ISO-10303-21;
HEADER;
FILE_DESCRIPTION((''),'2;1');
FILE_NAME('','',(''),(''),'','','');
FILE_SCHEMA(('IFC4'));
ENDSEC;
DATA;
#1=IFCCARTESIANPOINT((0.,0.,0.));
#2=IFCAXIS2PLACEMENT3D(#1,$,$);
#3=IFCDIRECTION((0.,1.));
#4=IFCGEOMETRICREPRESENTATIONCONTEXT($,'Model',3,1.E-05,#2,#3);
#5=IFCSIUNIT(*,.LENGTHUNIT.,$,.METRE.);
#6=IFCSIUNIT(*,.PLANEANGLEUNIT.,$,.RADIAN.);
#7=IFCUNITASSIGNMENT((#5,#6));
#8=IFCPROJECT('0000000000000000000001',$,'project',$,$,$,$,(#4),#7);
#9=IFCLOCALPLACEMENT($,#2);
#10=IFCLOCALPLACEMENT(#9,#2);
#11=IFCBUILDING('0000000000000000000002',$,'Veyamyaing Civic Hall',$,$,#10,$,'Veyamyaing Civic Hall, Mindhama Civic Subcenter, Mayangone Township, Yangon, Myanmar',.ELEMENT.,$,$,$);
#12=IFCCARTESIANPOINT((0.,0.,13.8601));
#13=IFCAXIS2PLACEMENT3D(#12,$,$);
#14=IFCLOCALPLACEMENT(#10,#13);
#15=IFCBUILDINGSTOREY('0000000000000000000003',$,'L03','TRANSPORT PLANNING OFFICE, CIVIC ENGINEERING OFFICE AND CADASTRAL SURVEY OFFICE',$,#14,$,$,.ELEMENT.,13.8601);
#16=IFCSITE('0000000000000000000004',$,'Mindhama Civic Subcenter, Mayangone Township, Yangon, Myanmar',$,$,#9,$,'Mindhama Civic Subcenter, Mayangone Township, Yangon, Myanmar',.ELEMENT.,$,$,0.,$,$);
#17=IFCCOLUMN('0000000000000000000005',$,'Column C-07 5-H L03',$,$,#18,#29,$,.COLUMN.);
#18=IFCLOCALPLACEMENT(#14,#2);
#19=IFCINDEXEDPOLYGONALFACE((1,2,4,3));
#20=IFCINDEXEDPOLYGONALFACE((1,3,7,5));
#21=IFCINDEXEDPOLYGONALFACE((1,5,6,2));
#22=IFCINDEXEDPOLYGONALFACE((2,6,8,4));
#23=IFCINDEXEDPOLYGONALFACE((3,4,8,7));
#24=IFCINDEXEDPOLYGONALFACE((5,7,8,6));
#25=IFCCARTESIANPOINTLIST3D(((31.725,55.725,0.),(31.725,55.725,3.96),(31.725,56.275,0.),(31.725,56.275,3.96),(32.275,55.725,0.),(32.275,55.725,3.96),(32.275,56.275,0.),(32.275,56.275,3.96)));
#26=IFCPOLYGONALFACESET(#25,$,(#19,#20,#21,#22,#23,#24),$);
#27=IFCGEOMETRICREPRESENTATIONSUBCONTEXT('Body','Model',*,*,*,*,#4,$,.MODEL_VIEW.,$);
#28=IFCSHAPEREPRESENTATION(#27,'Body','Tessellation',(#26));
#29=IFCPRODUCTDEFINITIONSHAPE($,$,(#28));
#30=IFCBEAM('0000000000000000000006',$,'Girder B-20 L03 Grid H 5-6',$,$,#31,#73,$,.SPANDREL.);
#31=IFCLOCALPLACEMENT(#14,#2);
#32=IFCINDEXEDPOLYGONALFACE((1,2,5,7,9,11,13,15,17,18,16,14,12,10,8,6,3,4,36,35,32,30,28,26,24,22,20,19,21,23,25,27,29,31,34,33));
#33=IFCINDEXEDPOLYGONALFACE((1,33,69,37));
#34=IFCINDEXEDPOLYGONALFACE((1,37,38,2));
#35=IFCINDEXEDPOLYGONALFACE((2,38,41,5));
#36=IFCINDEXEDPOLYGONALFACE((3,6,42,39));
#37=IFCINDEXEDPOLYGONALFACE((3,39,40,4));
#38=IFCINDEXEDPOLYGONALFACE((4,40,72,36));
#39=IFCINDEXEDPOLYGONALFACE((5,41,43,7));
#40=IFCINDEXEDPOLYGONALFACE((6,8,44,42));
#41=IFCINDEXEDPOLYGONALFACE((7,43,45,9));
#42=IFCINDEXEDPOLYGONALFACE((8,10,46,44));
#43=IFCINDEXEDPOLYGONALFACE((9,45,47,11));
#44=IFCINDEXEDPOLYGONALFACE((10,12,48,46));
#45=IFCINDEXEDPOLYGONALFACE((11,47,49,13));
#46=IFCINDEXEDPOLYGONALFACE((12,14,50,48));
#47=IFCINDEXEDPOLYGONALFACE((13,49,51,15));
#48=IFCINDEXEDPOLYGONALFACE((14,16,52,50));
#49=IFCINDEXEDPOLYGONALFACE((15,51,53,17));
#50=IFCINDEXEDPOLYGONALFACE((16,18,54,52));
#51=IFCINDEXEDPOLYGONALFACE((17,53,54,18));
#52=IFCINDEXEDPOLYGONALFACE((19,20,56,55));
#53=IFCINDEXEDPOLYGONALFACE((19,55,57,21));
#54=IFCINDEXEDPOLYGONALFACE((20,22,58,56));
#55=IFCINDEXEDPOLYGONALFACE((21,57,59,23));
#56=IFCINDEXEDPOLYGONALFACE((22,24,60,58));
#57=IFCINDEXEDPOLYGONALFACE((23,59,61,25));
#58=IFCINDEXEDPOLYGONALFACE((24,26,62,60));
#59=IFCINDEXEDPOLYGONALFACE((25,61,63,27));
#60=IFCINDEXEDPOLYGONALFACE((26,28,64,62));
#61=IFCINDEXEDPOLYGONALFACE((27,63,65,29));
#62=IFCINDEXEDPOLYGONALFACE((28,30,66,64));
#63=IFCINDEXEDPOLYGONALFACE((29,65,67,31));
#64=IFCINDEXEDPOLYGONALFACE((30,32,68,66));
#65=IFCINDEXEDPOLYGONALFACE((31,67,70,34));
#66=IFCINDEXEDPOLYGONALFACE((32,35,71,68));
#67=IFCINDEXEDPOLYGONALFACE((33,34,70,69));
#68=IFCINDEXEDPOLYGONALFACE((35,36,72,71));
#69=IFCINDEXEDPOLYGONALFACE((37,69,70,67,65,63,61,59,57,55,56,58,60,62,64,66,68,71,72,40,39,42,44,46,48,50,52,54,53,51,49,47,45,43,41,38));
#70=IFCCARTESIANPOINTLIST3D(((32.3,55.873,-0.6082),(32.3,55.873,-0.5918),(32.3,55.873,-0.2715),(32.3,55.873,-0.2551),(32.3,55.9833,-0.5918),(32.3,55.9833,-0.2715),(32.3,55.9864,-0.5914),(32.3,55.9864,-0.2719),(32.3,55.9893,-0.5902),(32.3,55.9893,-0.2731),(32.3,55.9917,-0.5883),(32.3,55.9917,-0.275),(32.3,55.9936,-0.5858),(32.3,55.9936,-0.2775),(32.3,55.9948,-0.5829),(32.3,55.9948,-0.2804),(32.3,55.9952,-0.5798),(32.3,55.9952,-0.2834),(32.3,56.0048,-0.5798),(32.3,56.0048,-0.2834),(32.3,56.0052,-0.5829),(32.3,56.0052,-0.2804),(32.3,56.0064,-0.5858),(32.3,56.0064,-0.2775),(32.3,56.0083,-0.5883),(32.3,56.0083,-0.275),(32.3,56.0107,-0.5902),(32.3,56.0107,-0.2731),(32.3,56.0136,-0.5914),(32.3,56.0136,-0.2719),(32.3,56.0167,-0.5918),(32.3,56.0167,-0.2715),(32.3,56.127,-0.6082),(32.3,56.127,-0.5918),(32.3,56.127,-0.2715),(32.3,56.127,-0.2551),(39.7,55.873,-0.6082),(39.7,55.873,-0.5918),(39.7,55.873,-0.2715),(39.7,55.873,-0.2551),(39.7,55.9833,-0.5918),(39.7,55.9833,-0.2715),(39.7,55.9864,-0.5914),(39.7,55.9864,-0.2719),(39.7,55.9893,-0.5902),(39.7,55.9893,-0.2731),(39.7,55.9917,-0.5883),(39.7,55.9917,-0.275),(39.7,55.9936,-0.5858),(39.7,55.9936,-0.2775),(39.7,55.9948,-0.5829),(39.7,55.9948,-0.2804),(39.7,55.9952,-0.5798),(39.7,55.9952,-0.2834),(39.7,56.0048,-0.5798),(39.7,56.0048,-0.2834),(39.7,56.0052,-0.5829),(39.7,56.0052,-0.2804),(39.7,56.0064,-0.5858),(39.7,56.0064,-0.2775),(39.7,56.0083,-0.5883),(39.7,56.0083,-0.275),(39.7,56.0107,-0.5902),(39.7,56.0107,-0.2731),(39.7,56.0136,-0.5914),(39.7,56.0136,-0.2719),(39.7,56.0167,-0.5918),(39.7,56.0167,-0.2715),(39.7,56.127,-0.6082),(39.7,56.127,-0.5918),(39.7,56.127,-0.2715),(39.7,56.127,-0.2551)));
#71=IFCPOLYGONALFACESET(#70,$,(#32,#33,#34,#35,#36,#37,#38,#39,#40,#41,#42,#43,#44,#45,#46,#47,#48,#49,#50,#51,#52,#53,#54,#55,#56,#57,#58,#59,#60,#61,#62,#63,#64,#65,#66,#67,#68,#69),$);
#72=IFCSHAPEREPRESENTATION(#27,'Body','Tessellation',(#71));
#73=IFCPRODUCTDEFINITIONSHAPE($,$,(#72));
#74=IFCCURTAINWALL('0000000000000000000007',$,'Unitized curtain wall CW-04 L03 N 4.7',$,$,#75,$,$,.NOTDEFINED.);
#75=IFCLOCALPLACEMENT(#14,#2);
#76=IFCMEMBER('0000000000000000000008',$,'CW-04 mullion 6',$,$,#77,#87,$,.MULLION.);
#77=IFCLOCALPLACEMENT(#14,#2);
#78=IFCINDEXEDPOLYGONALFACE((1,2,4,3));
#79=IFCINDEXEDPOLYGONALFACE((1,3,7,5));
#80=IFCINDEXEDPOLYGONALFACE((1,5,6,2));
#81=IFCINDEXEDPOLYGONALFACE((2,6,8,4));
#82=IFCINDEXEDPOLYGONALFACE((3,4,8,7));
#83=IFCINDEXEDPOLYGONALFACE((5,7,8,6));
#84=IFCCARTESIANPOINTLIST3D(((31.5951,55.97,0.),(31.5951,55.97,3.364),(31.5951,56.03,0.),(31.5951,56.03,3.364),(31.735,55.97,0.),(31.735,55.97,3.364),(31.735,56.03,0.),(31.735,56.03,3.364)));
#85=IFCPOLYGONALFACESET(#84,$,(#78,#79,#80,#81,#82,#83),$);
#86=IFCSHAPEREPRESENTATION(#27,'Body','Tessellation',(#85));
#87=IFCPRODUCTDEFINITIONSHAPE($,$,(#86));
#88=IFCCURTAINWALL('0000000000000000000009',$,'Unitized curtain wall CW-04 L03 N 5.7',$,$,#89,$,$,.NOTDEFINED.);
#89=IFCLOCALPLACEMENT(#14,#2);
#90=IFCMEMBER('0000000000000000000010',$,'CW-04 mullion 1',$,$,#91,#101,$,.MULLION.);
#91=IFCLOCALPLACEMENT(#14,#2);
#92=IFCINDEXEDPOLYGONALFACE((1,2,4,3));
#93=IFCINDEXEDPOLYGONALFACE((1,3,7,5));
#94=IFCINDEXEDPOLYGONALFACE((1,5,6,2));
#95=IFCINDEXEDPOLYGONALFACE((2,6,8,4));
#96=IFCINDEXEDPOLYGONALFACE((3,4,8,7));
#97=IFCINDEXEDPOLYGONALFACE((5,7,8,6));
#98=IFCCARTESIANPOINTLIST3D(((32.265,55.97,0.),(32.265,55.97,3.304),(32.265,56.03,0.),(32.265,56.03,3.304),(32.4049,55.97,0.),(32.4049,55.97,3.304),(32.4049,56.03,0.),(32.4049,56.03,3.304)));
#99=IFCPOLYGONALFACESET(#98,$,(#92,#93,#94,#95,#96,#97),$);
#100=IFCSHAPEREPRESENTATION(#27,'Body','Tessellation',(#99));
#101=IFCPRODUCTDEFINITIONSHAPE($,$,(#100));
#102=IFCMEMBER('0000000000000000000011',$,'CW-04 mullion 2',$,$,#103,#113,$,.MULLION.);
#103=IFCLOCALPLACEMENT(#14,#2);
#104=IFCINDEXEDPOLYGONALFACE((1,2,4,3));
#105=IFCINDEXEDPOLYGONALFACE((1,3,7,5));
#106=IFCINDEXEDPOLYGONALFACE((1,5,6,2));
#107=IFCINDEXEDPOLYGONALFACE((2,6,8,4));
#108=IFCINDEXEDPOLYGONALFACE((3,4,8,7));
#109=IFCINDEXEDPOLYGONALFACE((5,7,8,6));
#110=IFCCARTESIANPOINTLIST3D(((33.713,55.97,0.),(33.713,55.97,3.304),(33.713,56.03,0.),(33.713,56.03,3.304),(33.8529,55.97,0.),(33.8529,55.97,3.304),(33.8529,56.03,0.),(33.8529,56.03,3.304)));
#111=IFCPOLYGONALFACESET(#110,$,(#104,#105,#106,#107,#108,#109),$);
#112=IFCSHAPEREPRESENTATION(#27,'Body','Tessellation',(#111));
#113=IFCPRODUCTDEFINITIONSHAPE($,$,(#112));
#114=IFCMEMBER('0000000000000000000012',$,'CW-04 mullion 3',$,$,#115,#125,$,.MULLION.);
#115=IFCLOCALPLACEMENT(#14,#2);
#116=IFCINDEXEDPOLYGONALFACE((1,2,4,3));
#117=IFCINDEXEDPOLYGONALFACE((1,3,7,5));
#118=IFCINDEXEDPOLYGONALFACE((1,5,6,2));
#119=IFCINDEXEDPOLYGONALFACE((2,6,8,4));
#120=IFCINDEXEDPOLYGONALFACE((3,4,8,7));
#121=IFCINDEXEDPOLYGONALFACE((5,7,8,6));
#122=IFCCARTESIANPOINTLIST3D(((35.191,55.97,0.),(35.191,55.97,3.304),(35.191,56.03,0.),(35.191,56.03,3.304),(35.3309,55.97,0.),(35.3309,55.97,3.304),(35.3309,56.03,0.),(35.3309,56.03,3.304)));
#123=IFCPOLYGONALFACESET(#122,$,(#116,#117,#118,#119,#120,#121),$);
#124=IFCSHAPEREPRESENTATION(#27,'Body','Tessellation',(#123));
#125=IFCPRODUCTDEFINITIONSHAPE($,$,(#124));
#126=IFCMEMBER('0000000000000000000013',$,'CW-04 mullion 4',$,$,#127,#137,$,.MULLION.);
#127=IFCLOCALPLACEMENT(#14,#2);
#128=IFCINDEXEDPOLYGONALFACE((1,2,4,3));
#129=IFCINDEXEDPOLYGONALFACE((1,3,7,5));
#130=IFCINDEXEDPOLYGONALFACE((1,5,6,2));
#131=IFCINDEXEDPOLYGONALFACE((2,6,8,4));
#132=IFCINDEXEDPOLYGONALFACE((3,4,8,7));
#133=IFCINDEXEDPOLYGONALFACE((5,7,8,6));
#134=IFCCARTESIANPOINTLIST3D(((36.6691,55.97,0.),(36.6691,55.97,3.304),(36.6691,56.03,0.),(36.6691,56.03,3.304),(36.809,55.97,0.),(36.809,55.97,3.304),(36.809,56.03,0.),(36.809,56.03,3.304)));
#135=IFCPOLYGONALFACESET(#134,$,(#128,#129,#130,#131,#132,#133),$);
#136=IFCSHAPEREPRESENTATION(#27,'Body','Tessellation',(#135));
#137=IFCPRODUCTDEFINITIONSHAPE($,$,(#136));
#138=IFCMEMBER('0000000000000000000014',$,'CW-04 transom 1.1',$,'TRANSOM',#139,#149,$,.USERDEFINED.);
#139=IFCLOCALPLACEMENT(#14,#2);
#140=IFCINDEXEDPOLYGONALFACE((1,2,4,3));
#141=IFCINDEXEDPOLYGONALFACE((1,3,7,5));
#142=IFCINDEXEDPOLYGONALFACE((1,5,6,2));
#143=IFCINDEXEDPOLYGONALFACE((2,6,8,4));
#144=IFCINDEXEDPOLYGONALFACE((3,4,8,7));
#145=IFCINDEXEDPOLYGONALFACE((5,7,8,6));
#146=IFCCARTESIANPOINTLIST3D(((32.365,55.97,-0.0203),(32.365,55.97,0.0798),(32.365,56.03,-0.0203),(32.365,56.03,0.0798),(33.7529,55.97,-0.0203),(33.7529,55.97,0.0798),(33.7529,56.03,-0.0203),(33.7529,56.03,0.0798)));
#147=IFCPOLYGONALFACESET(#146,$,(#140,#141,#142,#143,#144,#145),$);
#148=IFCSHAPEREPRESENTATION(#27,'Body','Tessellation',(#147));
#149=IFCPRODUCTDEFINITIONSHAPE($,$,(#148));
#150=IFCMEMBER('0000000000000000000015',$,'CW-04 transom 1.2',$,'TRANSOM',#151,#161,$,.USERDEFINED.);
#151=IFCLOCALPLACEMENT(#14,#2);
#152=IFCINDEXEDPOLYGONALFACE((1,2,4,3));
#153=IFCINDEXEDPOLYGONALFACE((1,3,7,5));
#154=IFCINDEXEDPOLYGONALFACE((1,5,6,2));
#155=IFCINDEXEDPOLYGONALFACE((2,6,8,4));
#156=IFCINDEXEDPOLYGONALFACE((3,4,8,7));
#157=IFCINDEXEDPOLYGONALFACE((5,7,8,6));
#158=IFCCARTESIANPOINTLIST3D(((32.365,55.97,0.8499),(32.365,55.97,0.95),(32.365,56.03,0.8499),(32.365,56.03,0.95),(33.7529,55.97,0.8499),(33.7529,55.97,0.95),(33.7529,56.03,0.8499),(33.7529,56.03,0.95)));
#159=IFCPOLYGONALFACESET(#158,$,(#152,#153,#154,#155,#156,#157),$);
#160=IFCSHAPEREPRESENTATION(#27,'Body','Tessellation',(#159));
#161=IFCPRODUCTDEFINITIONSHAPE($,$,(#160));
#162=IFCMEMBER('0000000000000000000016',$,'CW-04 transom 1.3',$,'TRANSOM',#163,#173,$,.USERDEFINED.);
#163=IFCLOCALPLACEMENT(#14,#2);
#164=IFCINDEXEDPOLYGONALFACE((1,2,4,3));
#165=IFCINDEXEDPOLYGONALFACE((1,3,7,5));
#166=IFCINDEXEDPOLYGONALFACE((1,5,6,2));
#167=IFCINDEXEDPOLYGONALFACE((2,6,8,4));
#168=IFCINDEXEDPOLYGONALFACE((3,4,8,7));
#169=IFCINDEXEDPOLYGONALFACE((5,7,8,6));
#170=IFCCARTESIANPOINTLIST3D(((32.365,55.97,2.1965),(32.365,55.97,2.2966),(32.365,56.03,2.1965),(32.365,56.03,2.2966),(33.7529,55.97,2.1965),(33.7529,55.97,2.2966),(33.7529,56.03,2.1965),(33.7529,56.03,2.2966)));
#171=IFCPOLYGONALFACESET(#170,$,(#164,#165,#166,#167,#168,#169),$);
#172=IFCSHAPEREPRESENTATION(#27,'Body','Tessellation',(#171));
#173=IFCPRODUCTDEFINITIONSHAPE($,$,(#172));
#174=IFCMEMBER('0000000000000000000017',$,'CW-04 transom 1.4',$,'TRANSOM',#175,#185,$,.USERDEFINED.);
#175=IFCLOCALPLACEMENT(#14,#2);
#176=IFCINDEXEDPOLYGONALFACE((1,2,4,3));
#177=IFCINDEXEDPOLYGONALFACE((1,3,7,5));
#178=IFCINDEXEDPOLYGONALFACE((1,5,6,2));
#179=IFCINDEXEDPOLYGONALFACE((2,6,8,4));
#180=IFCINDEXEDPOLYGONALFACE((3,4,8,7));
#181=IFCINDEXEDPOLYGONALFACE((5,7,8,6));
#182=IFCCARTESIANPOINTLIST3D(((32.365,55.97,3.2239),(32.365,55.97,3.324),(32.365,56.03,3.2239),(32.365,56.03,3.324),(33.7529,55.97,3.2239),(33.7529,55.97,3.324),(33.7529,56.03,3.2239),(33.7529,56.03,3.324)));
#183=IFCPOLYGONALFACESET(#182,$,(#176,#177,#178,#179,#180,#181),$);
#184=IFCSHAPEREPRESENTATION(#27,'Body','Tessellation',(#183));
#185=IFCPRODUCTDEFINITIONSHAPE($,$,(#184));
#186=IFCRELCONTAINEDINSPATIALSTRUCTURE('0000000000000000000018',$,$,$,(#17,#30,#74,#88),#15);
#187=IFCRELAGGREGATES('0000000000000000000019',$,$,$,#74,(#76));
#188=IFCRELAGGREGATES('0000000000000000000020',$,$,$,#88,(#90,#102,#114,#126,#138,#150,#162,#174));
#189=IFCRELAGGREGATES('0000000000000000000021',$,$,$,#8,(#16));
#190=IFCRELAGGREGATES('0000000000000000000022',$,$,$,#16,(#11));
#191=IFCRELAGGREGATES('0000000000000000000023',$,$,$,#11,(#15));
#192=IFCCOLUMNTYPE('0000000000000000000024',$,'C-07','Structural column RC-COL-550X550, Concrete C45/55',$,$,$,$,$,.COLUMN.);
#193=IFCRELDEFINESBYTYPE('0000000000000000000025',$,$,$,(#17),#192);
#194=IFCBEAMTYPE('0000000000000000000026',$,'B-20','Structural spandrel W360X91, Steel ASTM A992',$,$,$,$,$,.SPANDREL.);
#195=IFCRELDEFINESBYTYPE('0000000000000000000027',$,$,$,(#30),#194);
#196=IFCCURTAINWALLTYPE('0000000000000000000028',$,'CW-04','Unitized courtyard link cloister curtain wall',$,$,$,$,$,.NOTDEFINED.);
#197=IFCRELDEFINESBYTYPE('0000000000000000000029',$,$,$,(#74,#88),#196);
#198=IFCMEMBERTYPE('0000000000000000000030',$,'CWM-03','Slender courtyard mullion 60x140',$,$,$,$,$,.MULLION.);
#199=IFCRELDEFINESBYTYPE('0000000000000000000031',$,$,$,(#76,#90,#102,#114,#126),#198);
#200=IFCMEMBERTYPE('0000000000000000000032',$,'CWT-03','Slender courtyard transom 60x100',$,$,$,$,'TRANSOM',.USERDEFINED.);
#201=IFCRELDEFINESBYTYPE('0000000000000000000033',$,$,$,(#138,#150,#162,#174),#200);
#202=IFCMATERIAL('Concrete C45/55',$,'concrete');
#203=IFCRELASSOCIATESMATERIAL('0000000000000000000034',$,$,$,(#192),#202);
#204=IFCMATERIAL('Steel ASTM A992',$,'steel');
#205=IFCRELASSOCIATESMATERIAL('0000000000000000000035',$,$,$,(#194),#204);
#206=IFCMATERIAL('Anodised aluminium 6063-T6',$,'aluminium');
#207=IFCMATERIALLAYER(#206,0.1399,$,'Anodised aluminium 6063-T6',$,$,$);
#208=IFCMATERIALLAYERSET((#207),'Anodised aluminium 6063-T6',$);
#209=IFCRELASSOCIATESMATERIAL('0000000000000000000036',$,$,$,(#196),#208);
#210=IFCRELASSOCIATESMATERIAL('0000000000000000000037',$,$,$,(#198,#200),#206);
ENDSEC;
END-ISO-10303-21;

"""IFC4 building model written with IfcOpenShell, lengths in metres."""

from ifc_helpers import new_model, si_unit, direction, frame, origin, origin_2d, place, context, subcontext, project, spatial, rectangle, i_section, extrude, material, layer, layer_set, material_profile, profile_set, type_object, element, aggregate, save


model = new_model("IFC4")

# Units and contexts
model_context = context("Model", 3, precision=1e-05, world=origin(), true_north=direction((0.0, 1.0)))
body_context = subcontext(model_context, "Body", "Model", "MODEL_VIEW")
ifc_project = project(units=[si_unit("LENGTHUNIT", "METRE"), si_unit("PLANEANGLEUNIT", "RADIAN")], contexts=[model_context])

# Site, building, storey
site_placement = place(None, origin())
site = spatial("IfcSite", under=ifc_project, at=site_placement, Name="Mindhama Civic Subcenter, Mayangone Township, Yangon, Myanmar", LongName="Mindhama Civic Subcenter, Mayangone Township, Yangon, Myanmar", CompositionType="ELEMENT", RefElevation=0.0)
building_placement = place(site_placement, origin())
building = spatial("IfcBuilding", under=site, at=building_placement, Name="Veyamyaing Civic Hall", LongName="Veyamyaing Civic Hall, Mindhama Civic Subcenter, Mayangone Township, Yangon, Myanmar", CompositionType="ELEMENT")
storey_placement = place(building_placement, frame((0.0, 0.0, 13.8601)))
storey = spatial("IfcBuildingStorey", under=building, at=storey_placement, Name="L03", Description="TRANSPORT PLANNING OFFICE, CIVIC ENGINEERING OFFICE AND CADASTRAL SURVEY OFFICE", CompositionType="ELEMENT", Elevation=13.8601)

# Column
ifc_material_1 = material(Name="Concrete C45/55", Category="concrete")
ifc_material_profile_1 = material_profile(ifc_material_1, rectangle(XDim=0.55, YDim=0.55, at=origin_2d()), Name="RC-COL-550X550")
ifc_profile_set_1 = profile_set([ifc_material_profile_1], Name="Concrete C45/55")
column_type = type_object("IfcColumnType", Name="C-07", Description="Structural column RC-COL-550X550, Concrete C45/55", PredefinedType="COLUMN", material=ifc_profile_set_1)
column_placement = place(storey_placement, frame((32.0, 56.0, 0.0), z_axis=(0.0, 0.0, 1.0), x_axis=(1.0, 0.0, 0.0)))
element("IfcColumn", 1, at=column_placement, inside=storey, type_object=column_type, Name="Column C-07 5-H L03", PredefinedType="COLUMN", context=body_context, shape_type="SweptSolid", body=[
    extrude(rectangle(XDim=0.55, YDim=0.55, at=origin_2d()), origin(), (0.0, 0.0, 1.0), 3.96),
])

# Beam
ifc_material_2 = material(Name="Steel ASTM A992", Category="steel")
ifc_material_profile_2 = material_profile(ifc_material_2, i_section(OverallWidth=0.2539, OverallDepth=0.353, WebThickness=0.0095, FlangeThickness=0.0164, FilletRadius=0.012, at=origin_2d()), Name="W360X91")
ifc_profile_set_2 = profile_set([ifc_material_profile_2], Name="Steel ASTM A992")
beam_type = type_object("IfcBeamType", Name="B-20", Description="Structural spandrel W360X91, Steel ASTM A992", PredefinedType="SPANDREL", material=ifc_profile_set_2)
beam_placement = place(storey_placement, frame((32.3, 56.0, -0.4316), z_axis=(1.0, 0.0, 0.0), x_axis=(0.0, 1.0, 0.0)))
element("IfcBeam", 2, at=beam_placement, inside=storey, type_object=beam_type, Name="Girder B-20 L03 Grid H 5-6", PredefinedType="SPANDREL", context=body_context, shape_type="SweptSolid", body=[
    extrude(i_section(OverallWidth=0.2539, OverallDepth=0.353, WebThickness=0.0095, FlangeThickness=0.0164, FilletRadius=0.012, at=origin_2d()), origin(), (0.0, 0.0, 1.0), 7.3999),
])

# Curtain wall, member
ifc_material_3 = material(Name="Anodised aluminium 6063-T6", Category="aluminium")
ifc_layer_1 = layer(ifc_material_3, 0.1399, Name="Anodised aluminium 6063-T6")
ifc_layer_set_1 = layer_set([ifc_layer_1], Name="Anodised aluminium 6063-T6")
curtain_wall_type = type_object("IfcCurtainWallType", Name="CW-04", Description="Unitized courtyard link cloister curtain wall", PredefinedType="NOTDEFINED", material=ifc_layer_set_1)
curtain_wall_1_placement = place(storey_placement, origin())
curtain_wall_1 = element("IfcCurtainWall", 3, at=curtain_wall_1_placement, inside=storey, type_object=curtain_wall_type, Name="Unitized curtain wall CW-04 L03 N 4.7", PredefinedType="NOTDEFINED")
ifc_material_profile_3 = material_profile(ifc_material_3, rectangle(XDim=0.0601, YDim=0.1399, at=origin_2d()), Name="ALU-MUL-60X140")
ifc_profile_set_3 = profile_set([ifc_material_profile_3], Name="Anodised aluminium 6063-T6")
member_type_1 = type_object("IfcMemberType", Name="CWM-03", Description="Slender courtyard mullion 60x140", PredefinedType="MULLION", material=ifc_profile_set_3)
member_1_placement = place(storey_placement, frame((31.665, 56.0, 0.0), z_axis=(0.0, 0.0, 1.0), x_axis=(0.0, 1.0, 0.0)))
member_1 = element("IfcMember", 4, at=member_1_placement, type_object=member_type_1, Name="CW-04 mullion 6", PredefinedType="MULLION", context=body_context, shape_type="SweptSolid", body=[
    extrude(rectangle(XDim=0.0601, YDim=0.1399, at=origin_2d()), origin(), (0.0, 0.0, 1.0), 3.364),
])

# Curtain wall, members
curtain_wall_2_placement = place(storey_placement, origin())
curtain_wall_2 = element("IfcCurtainWall", 5, at=curtain_wall_2_placement, inside=storey, type_object=curtain_wall_type, Name="Unitized curtain wall CW-04 L03 N 5.7", PredefinedType="NOTDEFINED")
member_2_placement = place(storey_placement, frame((32.335, 56.0, 0.0), z_axis=(0.0, 0.0, 1.0), x_axis=(0.0, 1.0, 0.0)))
member_2 = element("IfcMember", 6, at=member_2_placement, type_object=member_type_1, Name="CW-04 mullion 1", PredefinedType="MULLION", context=body_context, shape_type="SweptSolid", body=[
    extrude(rectangle(XDim=0.0601, YDim=0.1399, at=origin_2d()), origin(), (0.0, 0.0, 1.0), 3.304),
])
member_3_placement = place(storey_placement, frame((33.783, 56.0, 0.0), z_axis=(0.0, 0.0, 1.0), x_axis=(0.0, 1.0, 0.0)))
member_3 = element("IfcMember", 7, at=member_3_placement, type_object=member_type_1, Name="CW-04 mullion 2", PredefinedType="MULLION", context=body_context, shape_type="SweptSolid", body=[
    extrude(rectangle(XDim=0.0601, YDim=0.1399, at=origin_2d()), origin(), (0.0, 0.0, 1.0), 3.304),
])
member_4_placement = place(storey_placement, frame((35.261, 56.0, 0.0), z_axis=(0.0, 0.0, 1.0), x_axis=(0.0, 1.0, 0.0)))
member_4 = element("IfcMember", 8, at=member_4_placement, type_object=member_type_1, Name="CW-04 mullion 3", PredefinedType="MULLION", context=body_context, shape_type="SweptSolid", body=[
    extrude(rectangle(XDim=0.0601, YDim=0.1399, at=origin_2d()), origin(), (0.0, 0.0, 1.0), 3.304),
])
member_5_placement = place(storey_placement, frame((36.739, 56.0, 0.0), z_axis=(0.0, 0.0, 1.0), x_axis=(0.0, 1.0, 0.0)))
member_5 = element("IfcMember", 9, at=member_5_placement, type_object=member_type_1, Name="CW-04 mullion 4", PredefinedType="MULLION", context=body_context, shape_type="SweptSolid", body=[
    extrude(rectangle(XDim=0.0601, YDim=0.1399, at=origin_2d()), origin(), (0.0, 0.0, 1.0), 3.304),
])
ifc_material_profile_4 = material_profile(ifc_material_3, rectangle(XDim=0.0601, YDim=0.1001, at=origin_2d()), Name="ALU-TRN-60X100")
ifc_profile_set_4 = profile_set([ifc_material_profile_4], Name="Anodised aluminium 6063-T6")
member_type_2 = type_object("IfcMemberType", Name="CWT-03", Description="Slender courtyard transom 60x100", ElementType="TRANSOM", PredefinedType="USERDEFINED", material=ifc_profile_set_4)
member_6_placement = place(storey_placement, frame((32.365, 56.0, 0.0298), z_axis=(1.0, 0.0, 0.0), x_axis=(0.0, 1.0, 0.0)))
member_6 = element("IfcMember", 10, at=member_6_placement, type_object=member_type_2, Name="CW-04 transom 1.1", ObjectType="TRANSOM", PredefinedType="USERDEFINED", context=body_context, shape_type="SweptSolid", body=[
    extrude(rectangle(XDim=0.0601, YDim=0.1001, at=origin_2d()), origin(), (0.0, 0.0, 1.0), 1.3879),
])
member_7_placement = place(storey_placement, frame((32.365, 56.0, 0.8999), z_axis=(1.0, 0.0, 0.0), x_axis=(0.0, 1.0, 0.0)))
member_7 = element("IfcMember", 11, at=member_7_placement, type_object=member_type_2, Name="CW-04 transom 1.2", ObjectType="TRANSOM", PredefinedType="USERDEFINED", context=body_context, shape_type="SweptSolid", body=[
    extrude(rectangle(XDim=0.0601, YDim=0.1001, at=origin_2d()), origin(), (0.0, 0.0, 1.0), 1.3879),
])
member_8_placement = place(storey_placement, frame((32.365, 56.0, 2.2466), z_axis=(1.0, 0.0, 0.0), x_axis=(0.0, 1.0, 0.0)))
member_8 = element("IfcMember", 12, at=member_8_placement, type_object=member_type_2, Name="CW-04 transom 1.3", ObjectType="TRANSOM", PredefinedType="USERDEFINED", context=body_context, shape_type="SweptSolid", body=[
    extrude(rectangle(XDim=0.0601, YDim=0.1001, at=origin_2d()), origin(), (0.0, 0.0, 1.0), 1.3879),
])
member_9_placement = place(storey_placement, frame((32.365, 56.0, 3.2739), z_axis=(1.0, 0.0, 0.0), x_axis=(0.0, 1.0, 0.0)))
member_9 = element("IfcMember", 13, at=member_9_placement, type_object=member_type_2, Name="CW-04 transom 1.4", ObjectType="TRANSOM", PredefinedType="USERDEFINED", context=body_context, shape_type="SweptSolid", body=[
    extrude(rectangle(XDim=0.0601, YDim=0.1001, at=origin_2d()), origin(), (0.0, 0.0, 1.0), 1.3879),
])

aggregate(curtain_wall_1, [member_1])
aggregate(curtain_wall_2, [member_2, member_3, member_4, member_5, member_6, member_7, member_8, member_9])

save(model, "model.ifc")
